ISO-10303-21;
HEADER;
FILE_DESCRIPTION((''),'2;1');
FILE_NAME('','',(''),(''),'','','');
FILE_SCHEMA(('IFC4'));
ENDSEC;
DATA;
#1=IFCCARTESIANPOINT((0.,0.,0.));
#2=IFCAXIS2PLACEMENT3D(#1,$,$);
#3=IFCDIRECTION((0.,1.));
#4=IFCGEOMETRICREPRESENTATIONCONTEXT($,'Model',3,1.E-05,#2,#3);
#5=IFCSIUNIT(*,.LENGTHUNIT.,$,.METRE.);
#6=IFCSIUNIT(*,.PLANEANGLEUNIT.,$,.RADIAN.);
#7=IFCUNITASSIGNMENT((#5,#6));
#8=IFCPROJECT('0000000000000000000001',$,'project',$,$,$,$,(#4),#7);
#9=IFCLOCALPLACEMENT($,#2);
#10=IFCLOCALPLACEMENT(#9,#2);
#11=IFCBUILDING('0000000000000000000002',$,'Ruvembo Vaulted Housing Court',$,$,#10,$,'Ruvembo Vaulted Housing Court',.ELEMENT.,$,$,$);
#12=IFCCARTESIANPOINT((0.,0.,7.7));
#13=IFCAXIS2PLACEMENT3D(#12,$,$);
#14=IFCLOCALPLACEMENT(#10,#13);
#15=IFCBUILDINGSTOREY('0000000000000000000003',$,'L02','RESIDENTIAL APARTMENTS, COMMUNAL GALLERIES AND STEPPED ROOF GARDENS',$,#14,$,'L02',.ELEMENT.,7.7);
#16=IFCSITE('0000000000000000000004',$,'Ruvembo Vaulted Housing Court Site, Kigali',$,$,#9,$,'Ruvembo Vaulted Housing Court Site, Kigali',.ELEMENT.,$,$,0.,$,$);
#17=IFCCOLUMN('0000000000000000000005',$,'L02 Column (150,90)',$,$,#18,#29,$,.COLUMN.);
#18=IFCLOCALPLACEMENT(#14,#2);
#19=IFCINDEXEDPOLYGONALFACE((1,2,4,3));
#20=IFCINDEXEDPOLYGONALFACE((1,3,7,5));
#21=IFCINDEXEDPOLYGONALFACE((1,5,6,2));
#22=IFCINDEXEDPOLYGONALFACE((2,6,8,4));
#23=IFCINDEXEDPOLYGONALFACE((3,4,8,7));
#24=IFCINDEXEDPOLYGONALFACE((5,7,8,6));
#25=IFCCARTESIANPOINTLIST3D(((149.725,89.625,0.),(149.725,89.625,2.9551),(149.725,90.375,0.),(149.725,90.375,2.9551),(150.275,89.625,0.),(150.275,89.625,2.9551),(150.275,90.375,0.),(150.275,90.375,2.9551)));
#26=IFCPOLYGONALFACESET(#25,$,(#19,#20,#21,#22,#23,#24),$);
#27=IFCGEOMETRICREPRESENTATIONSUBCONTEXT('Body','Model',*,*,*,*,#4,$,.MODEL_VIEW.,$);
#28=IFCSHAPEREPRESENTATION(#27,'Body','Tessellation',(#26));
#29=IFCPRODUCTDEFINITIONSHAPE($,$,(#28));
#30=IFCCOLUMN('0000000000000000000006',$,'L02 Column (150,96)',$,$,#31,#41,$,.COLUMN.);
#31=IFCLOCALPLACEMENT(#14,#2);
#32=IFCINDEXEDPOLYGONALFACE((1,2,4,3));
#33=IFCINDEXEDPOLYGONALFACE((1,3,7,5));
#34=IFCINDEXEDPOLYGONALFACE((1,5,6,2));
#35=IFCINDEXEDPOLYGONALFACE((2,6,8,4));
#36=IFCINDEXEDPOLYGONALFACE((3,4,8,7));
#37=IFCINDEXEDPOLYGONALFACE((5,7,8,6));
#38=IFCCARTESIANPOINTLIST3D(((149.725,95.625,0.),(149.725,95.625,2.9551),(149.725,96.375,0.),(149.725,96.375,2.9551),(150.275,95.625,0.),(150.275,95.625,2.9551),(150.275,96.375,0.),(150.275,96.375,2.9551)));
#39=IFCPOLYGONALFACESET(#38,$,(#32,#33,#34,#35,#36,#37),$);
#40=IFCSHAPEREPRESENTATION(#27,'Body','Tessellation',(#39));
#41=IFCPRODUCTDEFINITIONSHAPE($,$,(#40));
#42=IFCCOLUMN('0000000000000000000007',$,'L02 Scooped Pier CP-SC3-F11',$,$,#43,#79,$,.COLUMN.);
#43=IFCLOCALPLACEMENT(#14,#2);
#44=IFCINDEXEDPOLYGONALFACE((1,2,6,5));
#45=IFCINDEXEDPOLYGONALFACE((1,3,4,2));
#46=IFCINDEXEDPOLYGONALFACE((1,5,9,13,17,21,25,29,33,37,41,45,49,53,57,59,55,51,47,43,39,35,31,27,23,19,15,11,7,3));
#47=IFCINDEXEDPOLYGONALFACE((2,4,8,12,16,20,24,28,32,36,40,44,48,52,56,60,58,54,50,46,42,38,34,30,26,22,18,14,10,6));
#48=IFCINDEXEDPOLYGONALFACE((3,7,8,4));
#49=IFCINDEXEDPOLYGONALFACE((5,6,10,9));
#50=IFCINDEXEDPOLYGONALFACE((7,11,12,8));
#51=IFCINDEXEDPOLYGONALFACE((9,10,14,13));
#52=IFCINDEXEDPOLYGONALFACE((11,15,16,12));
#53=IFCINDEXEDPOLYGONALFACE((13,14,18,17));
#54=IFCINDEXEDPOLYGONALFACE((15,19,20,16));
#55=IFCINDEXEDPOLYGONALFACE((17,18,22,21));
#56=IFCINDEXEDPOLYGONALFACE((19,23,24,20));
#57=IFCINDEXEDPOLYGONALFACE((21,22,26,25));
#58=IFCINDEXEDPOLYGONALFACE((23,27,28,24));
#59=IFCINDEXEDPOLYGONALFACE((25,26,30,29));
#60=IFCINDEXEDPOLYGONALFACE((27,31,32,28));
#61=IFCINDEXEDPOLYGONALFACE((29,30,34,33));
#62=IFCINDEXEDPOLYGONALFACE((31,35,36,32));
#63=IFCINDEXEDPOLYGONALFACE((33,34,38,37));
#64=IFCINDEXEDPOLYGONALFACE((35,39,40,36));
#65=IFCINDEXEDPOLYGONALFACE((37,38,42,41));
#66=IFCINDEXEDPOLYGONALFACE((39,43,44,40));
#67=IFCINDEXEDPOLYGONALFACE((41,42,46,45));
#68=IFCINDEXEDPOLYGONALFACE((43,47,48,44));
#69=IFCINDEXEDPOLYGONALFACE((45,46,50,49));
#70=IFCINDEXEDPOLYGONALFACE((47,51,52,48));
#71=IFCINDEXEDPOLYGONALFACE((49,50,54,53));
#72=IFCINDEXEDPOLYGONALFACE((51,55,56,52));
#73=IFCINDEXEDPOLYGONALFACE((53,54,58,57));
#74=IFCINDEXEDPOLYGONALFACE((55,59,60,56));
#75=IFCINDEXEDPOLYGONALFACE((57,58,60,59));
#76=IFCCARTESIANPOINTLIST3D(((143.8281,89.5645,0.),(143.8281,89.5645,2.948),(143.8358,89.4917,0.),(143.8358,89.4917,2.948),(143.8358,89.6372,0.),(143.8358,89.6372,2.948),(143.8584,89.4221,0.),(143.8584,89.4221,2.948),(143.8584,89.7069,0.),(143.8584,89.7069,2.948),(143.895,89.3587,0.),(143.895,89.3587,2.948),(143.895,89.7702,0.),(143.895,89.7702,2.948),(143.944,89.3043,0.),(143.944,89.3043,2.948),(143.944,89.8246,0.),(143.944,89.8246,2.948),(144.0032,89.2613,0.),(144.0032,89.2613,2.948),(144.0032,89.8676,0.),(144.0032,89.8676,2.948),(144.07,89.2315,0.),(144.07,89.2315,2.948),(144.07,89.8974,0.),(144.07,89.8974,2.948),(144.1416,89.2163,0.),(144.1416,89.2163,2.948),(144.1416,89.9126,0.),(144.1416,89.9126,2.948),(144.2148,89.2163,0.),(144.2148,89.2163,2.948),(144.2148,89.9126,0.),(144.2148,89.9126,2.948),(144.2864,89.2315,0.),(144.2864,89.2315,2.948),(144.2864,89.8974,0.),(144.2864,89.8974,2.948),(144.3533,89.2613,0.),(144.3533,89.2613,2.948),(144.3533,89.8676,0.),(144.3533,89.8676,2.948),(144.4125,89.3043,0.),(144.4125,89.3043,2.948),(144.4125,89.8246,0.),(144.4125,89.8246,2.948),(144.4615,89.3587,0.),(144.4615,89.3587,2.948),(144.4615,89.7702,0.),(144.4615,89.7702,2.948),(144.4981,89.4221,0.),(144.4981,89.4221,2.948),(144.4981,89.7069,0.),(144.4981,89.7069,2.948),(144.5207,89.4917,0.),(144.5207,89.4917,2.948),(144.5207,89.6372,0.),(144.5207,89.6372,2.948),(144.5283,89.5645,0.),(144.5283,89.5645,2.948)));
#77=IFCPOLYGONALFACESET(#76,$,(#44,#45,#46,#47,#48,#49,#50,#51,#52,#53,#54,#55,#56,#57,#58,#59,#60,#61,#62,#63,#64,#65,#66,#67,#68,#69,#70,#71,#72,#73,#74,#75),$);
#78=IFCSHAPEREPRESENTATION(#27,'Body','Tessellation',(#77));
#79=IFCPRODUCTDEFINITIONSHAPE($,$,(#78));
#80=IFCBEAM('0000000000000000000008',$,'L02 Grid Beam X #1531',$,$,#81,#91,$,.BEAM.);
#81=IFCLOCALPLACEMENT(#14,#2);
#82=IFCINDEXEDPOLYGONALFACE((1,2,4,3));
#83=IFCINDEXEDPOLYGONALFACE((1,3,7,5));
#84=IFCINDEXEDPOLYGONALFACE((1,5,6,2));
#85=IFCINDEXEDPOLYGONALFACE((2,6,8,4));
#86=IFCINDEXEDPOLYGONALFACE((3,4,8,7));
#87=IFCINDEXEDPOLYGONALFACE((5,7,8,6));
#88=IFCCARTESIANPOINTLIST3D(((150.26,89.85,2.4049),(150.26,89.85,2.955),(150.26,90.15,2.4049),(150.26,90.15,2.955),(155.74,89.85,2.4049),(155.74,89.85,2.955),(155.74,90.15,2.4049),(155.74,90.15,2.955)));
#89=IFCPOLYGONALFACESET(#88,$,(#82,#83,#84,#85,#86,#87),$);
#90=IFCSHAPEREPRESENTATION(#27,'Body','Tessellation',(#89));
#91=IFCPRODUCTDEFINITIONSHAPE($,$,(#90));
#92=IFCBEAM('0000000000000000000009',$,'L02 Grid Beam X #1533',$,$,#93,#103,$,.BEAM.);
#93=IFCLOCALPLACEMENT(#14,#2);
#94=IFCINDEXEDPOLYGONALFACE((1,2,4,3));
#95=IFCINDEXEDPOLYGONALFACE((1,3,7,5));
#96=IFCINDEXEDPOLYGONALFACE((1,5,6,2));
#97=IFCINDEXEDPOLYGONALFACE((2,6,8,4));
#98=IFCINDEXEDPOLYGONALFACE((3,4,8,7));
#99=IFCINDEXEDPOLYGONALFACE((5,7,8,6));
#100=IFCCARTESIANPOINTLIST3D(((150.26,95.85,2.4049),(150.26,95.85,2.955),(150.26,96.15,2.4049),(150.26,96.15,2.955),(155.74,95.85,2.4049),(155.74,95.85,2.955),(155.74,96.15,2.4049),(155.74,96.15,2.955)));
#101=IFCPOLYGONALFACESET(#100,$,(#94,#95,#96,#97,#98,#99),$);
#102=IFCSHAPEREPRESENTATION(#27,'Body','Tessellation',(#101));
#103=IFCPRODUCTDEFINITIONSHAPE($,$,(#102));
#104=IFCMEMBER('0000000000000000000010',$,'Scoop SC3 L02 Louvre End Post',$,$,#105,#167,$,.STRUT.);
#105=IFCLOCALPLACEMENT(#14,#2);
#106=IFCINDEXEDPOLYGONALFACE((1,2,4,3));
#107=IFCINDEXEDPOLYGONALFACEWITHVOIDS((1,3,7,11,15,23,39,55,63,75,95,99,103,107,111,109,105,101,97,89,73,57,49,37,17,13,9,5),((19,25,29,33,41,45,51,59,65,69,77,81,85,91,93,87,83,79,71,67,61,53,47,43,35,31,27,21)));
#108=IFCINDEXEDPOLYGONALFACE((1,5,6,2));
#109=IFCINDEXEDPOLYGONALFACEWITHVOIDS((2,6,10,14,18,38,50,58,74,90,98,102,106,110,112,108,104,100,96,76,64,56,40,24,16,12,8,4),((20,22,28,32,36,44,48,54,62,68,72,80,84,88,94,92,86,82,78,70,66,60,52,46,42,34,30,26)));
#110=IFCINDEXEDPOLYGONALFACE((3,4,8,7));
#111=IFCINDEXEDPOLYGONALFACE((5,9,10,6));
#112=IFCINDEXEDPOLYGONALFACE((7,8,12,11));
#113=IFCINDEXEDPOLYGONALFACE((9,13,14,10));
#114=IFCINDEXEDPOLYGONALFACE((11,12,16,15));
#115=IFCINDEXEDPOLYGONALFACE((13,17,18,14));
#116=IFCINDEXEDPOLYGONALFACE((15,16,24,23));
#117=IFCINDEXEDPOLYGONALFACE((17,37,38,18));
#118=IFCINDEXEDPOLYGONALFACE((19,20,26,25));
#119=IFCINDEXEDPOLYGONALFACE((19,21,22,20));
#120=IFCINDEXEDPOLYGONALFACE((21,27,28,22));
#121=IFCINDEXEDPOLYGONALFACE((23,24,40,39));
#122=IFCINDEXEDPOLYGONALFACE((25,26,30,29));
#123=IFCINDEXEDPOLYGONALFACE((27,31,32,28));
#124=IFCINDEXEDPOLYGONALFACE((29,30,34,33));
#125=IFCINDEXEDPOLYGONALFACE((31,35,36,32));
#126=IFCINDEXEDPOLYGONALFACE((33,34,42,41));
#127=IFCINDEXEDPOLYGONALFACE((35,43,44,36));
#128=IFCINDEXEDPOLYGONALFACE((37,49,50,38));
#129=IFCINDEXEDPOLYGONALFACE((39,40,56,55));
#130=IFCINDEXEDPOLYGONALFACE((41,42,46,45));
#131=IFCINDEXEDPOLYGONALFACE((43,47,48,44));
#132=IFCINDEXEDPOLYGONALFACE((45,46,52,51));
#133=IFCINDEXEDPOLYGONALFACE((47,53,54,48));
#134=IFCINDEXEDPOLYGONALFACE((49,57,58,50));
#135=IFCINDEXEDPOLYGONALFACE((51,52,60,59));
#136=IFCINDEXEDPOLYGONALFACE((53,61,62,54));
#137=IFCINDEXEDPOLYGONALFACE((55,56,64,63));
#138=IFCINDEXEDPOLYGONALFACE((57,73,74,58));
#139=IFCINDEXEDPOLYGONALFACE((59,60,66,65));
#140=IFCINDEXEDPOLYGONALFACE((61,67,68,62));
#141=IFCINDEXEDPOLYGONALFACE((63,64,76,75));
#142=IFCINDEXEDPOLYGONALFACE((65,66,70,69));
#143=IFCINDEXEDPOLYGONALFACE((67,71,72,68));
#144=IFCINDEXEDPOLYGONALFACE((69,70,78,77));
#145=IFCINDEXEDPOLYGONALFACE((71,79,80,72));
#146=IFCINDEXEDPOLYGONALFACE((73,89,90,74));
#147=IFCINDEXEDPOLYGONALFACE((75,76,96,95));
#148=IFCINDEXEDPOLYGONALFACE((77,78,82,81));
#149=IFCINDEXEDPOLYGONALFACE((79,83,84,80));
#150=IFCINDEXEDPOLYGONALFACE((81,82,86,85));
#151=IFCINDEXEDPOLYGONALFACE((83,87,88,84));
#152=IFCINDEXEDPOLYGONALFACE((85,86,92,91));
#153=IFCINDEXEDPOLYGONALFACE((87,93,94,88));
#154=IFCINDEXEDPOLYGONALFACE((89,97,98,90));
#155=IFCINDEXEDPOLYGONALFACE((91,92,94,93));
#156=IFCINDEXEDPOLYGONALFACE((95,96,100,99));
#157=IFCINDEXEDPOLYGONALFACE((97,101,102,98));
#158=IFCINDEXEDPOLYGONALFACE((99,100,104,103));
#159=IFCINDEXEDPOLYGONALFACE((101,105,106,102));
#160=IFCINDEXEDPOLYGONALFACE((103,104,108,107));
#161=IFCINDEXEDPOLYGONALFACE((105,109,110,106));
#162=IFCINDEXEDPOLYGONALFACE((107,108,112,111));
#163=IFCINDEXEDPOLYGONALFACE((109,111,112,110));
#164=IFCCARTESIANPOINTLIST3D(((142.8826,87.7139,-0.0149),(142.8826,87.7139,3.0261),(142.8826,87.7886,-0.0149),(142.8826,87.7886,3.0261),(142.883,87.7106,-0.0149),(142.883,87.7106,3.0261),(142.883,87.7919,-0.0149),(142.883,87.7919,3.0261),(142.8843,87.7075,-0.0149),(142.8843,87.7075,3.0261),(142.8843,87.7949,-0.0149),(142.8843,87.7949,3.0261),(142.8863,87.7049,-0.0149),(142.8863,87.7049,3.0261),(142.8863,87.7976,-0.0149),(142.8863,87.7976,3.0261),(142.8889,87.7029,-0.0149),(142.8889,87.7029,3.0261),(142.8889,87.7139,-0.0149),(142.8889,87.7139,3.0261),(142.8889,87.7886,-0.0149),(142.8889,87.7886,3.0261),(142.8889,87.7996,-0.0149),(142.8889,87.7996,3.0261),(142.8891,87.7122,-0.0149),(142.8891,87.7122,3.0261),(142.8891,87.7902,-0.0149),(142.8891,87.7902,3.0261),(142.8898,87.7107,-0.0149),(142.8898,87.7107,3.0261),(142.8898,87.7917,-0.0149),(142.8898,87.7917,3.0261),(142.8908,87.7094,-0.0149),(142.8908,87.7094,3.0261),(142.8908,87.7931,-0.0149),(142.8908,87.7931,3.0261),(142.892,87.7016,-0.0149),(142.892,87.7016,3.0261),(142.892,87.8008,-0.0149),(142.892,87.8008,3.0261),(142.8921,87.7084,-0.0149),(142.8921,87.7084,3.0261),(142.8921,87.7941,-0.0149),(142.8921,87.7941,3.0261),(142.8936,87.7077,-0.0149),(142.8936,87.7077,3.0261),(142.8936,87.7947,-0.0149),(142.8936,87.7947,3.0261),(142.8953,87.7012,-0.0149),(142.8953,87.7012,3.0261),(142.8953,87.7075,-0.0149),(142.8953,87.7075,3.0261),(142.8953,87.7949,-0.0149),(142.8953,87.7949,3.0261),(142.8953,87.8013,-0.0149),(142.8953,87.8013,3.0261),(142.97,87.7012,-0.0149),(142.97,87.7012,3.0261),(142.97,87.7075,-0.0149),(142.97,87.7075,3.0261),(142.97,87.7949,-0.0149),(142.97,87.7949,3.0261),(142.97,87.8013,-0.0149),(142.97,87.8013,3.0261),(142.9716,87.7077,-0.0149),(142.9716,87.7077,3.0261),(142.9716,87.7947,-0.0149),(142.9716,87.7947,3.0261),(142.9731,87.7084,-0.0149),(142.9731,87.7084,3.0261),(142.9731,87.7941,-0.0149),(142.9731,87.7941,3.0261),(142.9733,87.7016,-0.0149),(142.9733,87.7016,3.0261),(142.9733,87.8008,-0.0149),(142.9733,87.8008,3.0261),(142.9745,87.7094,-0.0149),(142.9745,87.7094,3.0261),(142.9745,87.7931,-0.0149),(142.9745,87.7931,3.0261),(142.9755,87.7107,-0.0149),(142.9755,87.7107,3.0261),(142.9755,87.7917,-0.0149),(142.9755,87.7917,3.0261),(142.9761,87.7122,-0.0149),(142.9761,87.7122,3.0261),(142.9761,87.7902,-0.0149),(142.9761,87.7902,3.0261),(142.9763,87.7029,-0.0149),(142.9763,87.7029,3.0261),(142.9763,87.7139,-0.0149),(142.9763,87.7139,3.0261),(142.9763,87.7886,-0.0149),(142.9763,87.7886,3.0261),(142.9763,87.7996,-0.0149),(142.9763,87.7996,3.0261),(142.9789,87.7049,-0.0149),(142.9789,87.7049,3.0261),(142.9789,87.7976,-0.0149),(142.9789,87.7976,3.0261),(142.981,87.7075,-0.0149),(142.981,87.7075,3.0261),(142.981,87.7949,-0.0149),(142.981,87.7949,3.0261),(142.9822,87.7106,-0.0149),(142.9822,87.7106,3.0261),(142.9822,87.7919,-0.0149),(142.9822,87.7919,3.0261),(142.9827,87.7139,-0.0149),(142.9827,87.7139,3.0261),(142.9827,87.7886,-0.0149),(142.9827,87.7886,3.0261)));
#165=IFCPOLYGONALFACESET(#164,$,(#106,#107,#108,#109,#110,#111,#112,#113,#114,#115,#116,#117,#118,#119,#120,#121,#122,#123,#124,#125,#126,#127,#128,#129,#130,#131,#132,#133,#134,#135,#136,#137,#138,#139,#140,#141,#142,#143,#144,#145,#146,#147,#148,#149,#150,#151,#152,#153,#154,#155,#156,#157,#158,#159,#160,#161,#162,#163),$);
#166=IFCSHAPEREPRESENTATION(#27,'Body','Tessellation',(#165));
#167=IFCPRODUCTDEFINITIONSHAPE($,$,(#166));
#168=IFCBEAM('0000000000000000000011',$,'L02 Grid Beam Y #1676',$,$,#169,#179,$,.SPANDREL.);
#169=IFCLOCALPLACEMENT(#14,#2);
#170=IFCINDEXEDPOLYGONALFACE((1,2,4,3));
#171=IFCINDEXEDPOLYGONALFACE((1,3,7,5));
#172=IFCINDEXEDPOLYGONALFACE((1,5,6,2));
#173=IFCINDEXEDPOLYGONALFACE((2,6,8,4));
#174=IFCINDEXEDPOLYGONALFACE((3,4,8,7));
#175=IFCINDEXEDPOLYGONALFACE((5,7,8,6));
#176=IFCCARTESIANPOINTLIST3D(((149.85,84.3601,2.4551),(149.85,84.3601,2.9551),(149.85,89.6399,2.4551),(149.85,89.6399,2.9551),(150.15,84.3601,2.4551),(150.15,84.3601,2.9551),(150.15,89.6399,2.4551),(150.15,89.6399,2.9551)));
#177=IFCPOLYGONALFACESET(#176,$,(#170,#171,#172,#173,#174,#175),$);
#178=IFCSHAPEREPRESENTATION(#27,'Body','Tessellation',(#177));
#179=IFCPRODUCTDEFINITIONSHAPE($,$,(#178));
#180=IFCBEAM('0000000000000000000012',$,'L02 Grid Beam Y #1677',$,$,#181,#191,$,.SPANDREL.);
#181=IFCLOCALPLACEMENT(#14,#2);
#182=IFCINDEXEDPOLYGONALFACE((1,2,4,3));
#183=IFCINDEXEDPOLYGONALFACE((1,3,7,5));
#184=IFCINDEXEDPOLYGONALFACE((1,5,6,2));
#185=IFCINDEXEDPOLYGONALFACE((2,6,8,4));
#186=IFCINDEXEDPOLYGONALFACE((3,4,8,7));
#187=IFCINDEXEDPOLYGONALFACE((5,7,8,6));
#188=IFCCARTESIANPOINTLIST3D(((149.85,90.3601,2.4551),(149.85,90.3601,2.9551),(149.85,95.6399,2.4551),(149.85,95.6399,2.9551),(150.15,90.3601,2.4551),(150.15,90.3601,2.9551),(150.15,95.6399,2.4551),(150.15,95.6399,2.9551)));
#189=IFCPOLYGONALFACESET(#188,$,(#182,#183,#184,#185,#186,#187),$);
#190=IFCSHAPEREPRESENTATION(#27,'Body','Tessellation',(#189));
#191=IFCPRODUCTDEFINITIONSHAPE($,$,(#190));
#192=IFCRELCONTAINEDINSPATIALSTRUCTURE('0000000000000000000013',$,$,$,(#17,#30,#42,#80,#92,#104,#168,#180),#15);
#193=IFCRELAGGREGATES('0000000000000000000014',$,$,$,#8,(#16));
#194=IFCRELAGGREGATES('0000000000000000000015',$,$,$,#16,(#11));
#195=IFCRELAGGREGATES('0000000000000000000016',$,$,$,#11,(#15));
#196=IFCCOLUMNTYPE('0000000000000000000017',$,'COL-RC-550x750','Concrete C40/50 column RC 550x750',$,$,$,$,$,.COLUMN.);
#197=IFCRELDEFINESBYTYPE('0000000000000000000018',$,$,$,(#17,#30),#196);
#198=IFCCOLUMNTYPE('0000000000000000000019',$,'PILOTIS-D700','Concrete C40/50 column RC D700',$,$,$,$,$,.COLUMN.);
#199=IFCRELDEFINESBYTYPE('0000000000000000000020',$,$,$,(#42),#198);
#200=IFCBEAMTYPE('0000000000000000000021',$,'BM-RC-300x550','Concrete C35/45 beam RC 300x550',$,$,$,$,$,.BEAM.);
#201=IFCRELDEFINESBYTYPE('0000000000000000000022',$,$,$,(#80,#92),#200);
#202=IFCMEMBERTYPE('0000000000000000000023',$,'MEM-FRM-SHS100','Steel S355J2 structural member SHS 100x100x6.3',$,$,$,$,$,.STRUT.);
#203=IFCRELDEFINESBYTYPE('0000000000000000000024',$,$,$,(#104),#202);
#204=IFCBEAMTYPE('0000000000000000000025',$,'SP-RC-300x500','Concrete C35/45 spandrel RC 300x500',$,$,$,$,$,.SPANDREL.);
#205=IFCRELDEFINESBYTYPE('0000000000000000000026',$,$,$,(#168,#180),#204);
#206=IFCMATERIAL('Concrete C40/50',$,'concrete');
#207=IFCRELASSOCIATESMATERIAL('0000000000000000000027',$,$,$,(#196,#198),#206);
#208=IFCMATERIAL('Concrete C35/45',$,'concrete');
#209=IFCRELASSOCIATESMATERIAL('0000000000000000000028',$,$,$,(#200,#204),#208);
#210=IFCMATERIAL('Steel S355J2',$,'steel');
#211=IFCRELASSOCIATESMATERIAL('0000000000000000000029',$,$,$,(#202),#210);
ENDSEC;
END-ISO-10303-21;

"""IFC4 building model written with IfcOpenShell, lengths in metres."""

from ifc_helpers import new_model, si_unit, direction, frame, origin, origin_2d, place, context, subcontext, project, spatial, rectangle, hollow_rectangle, circle, extrude, material, material_profile, profile_set, type_object, element, save


model = new_model("IFC4")

# Units and contexts
model_context = context("Model", 3, precision=1e-05, world=origin(), true_north=direction((0.0, 1.0)))
body_context = subcontext(model_context, "Body", "Model", "MODEL_VIEW")
ifc_project = project(units=[si_unit("LENGTHUNIT", "METRE"), si_unit("PLANEANGLEUNIT", "RADIAN")], contexts=[model_context])

# Site, building, storey
site_placement = place(None, origin())
site = spatial("IfcSite", under=ifc_project, at=site_placement, Name="Ruvembo Vaulted Housing Court Site, Kigali", LongName="Ruvembo Vaulted Housing Court Site, Kigali", CompositionType="ELEMENT", RefElevation=0.0)
building_placement = place(site_placement, origin())
building = spatial("IfcBuilding", under=site, at=building_placement, Name="Ruvembo Vaulted Housing Court", LongName="Ruvembo Vaulted Housing Court", CompositionType="ELEMENT")
storey_placement = place(building_placement, frame((0.0, 0.0, 7.7)))
storey = spatial("IfcBuildingStorey", under=building, at=storey_placement, Name="L02", Description="RESIDENTIAL APARTMENTS, COMMUNAL GALLERIES AND STEPPED ROOF GARDENS", LongName="L02", CompositionType="ELEMENT", Elevation=7.7)

# Columns
ifc_material_1 = material(Name="Concrete C40/50", Category="concrete")
ifc_material_profile_1 = material_profile(ifc_material_1, rectangle(XDim=0.55, YDim=0.75, at=origin_2d()), Name="RC 550x750")
ifc_profile_set_1 = profile_set([ifc_material_profile_1], Name="Concrete C40/50")
column_type_1 = type_object("IfcColumnType", Name="COL-RC-550x750", Description="Concrete C40/50 column RC 550x750", PredefinedType="COLUMN", material=ifc_profile_set_1)
for number, where, z_axis, x_axis, name in (
    (1, (150.0, 90.0, 0.0), (0.0, 0.0, 1.0), (1.0, 0.0, 0.0), "L02 Column (150,90)"),
    (2, (150.0, 96.0, 0.0), (0.0, 0.0, 1.0), (1.0, 0.0, 0.0), "L02 Column (150,96)"),
):
    element("IfcColumn", number, at=place(storey_placement, frame(where, z_axis=z_axis, x_axis=x_axis)), inside=storey, type_object=column_type_1, Name=name, PredefinedType="COLUMN", context=body_context, shape_type="SweptSolid", body=[
        extrude(rectangle(XDim=0.55, YDim=0.75, at=origin_2d()), origin(), (0.0, 0.0, 1.0), 2.9551),
    ])
ifc_material_profile_2 = material_profile(ifc_material_1, circle(Radius=0.3501, at=origin_2d()), Name="RC D700")
ifc_profile_set_2 = profile_set([ifc_material_profile_2], Name="Concrete C40/50")
column_type_2 = type_object("IfcColumnType", Name="PILOTIS-D700", Description="Concrete C40/50 column RC D700", PredefinedType="COLUMN", material=ifc_profile_set_2)
column_placement = place(storey_placement, frame((144.1782, 89.5645, 0.0), z_axis=(0.0, 0.0, 1.0), x_axis=(1.0, 0.0, 0.0)))
element("IfcColumn", 3, at=column_placement, inside=storey, type_object=column_type_2, Name="L02 Scooped Pier CP-SC3-F11", PredefinedType="COLUMN", context=body_context, shape_type="SweptSolid", body=[
    extrude(circle(Radius=0.3501, at=origin_2d()), origin(), (0.0, 0.0, 1.0), 2.948),
])

# Beams
ifc_material_2 = material(Name="Concrete C35/45", Category="concrete")
ifc_material_profile_3 = material_profile(ifc_material_2, rectangle(XDim=0.3, YDim=0.55, at=origin_2d()), Name="RC 300x550")
ifc_profile_set_3 = profile_set([ifc_material_profile_3], Name="Concrete C35/45")
beam_type_1 = type_object("IfcBeamType", Name="BM-RC-300x550", Description="Concrete C35/45 beam RC 300x550", PredefinedType="BEAM", material=ifc_profile_set_3)
for number, where, z_axis, x_axis, name in (
    (4, (150.26, 90.0, 2.6799), (1.0, 0.0, 0.0), (0.0, 1.0, 0.0), "L02 Grid Beam X #1531"),
    (5, (150.26, 96.0, 2.6799), (1.0, 0.0, 0.0), (0.0, 1.0, 0.0), "L02 Grid Beam X #1533"),
):
    element("IfcBeam", number, at=place(storey_placement, frame(where, z_axis=z_axis, x_axis=x_axis)), inside=storey, type_object=beam_type_1, Name=name, PredefinedType="BEAM", context=body_context, shape_type="SweptSolid", body=[
        extrude(rectangle(XDim=0.3, YDim=0.55, at=origin_2d()), origin(), (0.0, 0.0, 1.0), 5.48),
    ])

# Member
ifc_material_3 = material(Name="Steel S355J2", Category="steel")
ifc_material_profile_4 = material_profile(ifc_material_3, hollow_rectangle(XDim=0.1001, YDim=0.1001, WallThickness=0.0063, InnerFilletRadius=0.0063, OuterFilletRadius=0.0127, at=origin_2d()), Name="SHS 100x100x6.3")
ifc_profile_set_4 = profile_set([ifc_material_profile_4], Name="Steel S355J2")
member_type = type_object("IfcMemberType", Name="MEM-FRM-SHS100", Description="Steel S355J2 structural member SHS 100x100x6.3", PredefinedType="STRUT", material=ifc_profile_set_4)
member_placement = place(storey_placement, frame((142.9326, 87.7512, -0.0149), z_axis=(0.0, 0.0, 1.0), x_axis=(1.0, 0.0, 0.0)))
element("IfcMember", 6, at=member_placement, inside=storey, type_object=member_type, Name="Scoop SC3 L02 Louvre End Post", PredefinedType="STRUT", context=body_context, shape_type="SweptSolid", body=[
    extrude(hollow_rectangle(XDim=0.1001, YDim=0.1001, WallThickness=0.0063, InnerFilletRadius=0.0063, OuterFilletRadius=0.0127, at=origin_2d()), origin(), (0.0, 0.0, 1.0), 3.041),
])

# Beams
ifc_material_profile_5 = material_profile(ifc_material_2, rectangle(XDim=0.3, YDim=0.5, at=origin_2d()), Name="RC 300x500")
ifc_profile_set_5 = profile_set([ifc_material_profile_5], Name="Concrete C35/45")
beam_type_2 = type_object("IfcBeamType", Name="SP-RC-300x500", Description="Concrete C35/45 spandrel RC 300x500", PredefinedType="SPANDREL", material=ifc_profile_set_5)
for number, where, z_axis, x_axis, name in (
    (7, (150.0, 84.3601, 2.7051), (0.0, 1.0, 0.0), (-1.0, 0.0, 0.0), "L02 Grid Beam Y #1676"),
    (8, (150.0, 90.3601, 2.7051), (0.0, 1.0, 0.0), (-1.0, 0.0, 0.0), "L02 Grid Beam Y #1677"),
):
    element("IfcBeam", number, at=place(storey_placement, frame(where, z_axis=z_axis, x_axis=x_axis)), inside=storey, type_object=beam_type_2, Name=name, PredefinedType="SPANDREL", context=body_context, shape_type="SweptSolid", body=[
        extrude(rectangle(XDim=0.3, YDim=0.5, at=origin_2d()), origin(), (0.0, 0.0, 1.0), 5.2798),
    ])

save(model, "model.ifc")
